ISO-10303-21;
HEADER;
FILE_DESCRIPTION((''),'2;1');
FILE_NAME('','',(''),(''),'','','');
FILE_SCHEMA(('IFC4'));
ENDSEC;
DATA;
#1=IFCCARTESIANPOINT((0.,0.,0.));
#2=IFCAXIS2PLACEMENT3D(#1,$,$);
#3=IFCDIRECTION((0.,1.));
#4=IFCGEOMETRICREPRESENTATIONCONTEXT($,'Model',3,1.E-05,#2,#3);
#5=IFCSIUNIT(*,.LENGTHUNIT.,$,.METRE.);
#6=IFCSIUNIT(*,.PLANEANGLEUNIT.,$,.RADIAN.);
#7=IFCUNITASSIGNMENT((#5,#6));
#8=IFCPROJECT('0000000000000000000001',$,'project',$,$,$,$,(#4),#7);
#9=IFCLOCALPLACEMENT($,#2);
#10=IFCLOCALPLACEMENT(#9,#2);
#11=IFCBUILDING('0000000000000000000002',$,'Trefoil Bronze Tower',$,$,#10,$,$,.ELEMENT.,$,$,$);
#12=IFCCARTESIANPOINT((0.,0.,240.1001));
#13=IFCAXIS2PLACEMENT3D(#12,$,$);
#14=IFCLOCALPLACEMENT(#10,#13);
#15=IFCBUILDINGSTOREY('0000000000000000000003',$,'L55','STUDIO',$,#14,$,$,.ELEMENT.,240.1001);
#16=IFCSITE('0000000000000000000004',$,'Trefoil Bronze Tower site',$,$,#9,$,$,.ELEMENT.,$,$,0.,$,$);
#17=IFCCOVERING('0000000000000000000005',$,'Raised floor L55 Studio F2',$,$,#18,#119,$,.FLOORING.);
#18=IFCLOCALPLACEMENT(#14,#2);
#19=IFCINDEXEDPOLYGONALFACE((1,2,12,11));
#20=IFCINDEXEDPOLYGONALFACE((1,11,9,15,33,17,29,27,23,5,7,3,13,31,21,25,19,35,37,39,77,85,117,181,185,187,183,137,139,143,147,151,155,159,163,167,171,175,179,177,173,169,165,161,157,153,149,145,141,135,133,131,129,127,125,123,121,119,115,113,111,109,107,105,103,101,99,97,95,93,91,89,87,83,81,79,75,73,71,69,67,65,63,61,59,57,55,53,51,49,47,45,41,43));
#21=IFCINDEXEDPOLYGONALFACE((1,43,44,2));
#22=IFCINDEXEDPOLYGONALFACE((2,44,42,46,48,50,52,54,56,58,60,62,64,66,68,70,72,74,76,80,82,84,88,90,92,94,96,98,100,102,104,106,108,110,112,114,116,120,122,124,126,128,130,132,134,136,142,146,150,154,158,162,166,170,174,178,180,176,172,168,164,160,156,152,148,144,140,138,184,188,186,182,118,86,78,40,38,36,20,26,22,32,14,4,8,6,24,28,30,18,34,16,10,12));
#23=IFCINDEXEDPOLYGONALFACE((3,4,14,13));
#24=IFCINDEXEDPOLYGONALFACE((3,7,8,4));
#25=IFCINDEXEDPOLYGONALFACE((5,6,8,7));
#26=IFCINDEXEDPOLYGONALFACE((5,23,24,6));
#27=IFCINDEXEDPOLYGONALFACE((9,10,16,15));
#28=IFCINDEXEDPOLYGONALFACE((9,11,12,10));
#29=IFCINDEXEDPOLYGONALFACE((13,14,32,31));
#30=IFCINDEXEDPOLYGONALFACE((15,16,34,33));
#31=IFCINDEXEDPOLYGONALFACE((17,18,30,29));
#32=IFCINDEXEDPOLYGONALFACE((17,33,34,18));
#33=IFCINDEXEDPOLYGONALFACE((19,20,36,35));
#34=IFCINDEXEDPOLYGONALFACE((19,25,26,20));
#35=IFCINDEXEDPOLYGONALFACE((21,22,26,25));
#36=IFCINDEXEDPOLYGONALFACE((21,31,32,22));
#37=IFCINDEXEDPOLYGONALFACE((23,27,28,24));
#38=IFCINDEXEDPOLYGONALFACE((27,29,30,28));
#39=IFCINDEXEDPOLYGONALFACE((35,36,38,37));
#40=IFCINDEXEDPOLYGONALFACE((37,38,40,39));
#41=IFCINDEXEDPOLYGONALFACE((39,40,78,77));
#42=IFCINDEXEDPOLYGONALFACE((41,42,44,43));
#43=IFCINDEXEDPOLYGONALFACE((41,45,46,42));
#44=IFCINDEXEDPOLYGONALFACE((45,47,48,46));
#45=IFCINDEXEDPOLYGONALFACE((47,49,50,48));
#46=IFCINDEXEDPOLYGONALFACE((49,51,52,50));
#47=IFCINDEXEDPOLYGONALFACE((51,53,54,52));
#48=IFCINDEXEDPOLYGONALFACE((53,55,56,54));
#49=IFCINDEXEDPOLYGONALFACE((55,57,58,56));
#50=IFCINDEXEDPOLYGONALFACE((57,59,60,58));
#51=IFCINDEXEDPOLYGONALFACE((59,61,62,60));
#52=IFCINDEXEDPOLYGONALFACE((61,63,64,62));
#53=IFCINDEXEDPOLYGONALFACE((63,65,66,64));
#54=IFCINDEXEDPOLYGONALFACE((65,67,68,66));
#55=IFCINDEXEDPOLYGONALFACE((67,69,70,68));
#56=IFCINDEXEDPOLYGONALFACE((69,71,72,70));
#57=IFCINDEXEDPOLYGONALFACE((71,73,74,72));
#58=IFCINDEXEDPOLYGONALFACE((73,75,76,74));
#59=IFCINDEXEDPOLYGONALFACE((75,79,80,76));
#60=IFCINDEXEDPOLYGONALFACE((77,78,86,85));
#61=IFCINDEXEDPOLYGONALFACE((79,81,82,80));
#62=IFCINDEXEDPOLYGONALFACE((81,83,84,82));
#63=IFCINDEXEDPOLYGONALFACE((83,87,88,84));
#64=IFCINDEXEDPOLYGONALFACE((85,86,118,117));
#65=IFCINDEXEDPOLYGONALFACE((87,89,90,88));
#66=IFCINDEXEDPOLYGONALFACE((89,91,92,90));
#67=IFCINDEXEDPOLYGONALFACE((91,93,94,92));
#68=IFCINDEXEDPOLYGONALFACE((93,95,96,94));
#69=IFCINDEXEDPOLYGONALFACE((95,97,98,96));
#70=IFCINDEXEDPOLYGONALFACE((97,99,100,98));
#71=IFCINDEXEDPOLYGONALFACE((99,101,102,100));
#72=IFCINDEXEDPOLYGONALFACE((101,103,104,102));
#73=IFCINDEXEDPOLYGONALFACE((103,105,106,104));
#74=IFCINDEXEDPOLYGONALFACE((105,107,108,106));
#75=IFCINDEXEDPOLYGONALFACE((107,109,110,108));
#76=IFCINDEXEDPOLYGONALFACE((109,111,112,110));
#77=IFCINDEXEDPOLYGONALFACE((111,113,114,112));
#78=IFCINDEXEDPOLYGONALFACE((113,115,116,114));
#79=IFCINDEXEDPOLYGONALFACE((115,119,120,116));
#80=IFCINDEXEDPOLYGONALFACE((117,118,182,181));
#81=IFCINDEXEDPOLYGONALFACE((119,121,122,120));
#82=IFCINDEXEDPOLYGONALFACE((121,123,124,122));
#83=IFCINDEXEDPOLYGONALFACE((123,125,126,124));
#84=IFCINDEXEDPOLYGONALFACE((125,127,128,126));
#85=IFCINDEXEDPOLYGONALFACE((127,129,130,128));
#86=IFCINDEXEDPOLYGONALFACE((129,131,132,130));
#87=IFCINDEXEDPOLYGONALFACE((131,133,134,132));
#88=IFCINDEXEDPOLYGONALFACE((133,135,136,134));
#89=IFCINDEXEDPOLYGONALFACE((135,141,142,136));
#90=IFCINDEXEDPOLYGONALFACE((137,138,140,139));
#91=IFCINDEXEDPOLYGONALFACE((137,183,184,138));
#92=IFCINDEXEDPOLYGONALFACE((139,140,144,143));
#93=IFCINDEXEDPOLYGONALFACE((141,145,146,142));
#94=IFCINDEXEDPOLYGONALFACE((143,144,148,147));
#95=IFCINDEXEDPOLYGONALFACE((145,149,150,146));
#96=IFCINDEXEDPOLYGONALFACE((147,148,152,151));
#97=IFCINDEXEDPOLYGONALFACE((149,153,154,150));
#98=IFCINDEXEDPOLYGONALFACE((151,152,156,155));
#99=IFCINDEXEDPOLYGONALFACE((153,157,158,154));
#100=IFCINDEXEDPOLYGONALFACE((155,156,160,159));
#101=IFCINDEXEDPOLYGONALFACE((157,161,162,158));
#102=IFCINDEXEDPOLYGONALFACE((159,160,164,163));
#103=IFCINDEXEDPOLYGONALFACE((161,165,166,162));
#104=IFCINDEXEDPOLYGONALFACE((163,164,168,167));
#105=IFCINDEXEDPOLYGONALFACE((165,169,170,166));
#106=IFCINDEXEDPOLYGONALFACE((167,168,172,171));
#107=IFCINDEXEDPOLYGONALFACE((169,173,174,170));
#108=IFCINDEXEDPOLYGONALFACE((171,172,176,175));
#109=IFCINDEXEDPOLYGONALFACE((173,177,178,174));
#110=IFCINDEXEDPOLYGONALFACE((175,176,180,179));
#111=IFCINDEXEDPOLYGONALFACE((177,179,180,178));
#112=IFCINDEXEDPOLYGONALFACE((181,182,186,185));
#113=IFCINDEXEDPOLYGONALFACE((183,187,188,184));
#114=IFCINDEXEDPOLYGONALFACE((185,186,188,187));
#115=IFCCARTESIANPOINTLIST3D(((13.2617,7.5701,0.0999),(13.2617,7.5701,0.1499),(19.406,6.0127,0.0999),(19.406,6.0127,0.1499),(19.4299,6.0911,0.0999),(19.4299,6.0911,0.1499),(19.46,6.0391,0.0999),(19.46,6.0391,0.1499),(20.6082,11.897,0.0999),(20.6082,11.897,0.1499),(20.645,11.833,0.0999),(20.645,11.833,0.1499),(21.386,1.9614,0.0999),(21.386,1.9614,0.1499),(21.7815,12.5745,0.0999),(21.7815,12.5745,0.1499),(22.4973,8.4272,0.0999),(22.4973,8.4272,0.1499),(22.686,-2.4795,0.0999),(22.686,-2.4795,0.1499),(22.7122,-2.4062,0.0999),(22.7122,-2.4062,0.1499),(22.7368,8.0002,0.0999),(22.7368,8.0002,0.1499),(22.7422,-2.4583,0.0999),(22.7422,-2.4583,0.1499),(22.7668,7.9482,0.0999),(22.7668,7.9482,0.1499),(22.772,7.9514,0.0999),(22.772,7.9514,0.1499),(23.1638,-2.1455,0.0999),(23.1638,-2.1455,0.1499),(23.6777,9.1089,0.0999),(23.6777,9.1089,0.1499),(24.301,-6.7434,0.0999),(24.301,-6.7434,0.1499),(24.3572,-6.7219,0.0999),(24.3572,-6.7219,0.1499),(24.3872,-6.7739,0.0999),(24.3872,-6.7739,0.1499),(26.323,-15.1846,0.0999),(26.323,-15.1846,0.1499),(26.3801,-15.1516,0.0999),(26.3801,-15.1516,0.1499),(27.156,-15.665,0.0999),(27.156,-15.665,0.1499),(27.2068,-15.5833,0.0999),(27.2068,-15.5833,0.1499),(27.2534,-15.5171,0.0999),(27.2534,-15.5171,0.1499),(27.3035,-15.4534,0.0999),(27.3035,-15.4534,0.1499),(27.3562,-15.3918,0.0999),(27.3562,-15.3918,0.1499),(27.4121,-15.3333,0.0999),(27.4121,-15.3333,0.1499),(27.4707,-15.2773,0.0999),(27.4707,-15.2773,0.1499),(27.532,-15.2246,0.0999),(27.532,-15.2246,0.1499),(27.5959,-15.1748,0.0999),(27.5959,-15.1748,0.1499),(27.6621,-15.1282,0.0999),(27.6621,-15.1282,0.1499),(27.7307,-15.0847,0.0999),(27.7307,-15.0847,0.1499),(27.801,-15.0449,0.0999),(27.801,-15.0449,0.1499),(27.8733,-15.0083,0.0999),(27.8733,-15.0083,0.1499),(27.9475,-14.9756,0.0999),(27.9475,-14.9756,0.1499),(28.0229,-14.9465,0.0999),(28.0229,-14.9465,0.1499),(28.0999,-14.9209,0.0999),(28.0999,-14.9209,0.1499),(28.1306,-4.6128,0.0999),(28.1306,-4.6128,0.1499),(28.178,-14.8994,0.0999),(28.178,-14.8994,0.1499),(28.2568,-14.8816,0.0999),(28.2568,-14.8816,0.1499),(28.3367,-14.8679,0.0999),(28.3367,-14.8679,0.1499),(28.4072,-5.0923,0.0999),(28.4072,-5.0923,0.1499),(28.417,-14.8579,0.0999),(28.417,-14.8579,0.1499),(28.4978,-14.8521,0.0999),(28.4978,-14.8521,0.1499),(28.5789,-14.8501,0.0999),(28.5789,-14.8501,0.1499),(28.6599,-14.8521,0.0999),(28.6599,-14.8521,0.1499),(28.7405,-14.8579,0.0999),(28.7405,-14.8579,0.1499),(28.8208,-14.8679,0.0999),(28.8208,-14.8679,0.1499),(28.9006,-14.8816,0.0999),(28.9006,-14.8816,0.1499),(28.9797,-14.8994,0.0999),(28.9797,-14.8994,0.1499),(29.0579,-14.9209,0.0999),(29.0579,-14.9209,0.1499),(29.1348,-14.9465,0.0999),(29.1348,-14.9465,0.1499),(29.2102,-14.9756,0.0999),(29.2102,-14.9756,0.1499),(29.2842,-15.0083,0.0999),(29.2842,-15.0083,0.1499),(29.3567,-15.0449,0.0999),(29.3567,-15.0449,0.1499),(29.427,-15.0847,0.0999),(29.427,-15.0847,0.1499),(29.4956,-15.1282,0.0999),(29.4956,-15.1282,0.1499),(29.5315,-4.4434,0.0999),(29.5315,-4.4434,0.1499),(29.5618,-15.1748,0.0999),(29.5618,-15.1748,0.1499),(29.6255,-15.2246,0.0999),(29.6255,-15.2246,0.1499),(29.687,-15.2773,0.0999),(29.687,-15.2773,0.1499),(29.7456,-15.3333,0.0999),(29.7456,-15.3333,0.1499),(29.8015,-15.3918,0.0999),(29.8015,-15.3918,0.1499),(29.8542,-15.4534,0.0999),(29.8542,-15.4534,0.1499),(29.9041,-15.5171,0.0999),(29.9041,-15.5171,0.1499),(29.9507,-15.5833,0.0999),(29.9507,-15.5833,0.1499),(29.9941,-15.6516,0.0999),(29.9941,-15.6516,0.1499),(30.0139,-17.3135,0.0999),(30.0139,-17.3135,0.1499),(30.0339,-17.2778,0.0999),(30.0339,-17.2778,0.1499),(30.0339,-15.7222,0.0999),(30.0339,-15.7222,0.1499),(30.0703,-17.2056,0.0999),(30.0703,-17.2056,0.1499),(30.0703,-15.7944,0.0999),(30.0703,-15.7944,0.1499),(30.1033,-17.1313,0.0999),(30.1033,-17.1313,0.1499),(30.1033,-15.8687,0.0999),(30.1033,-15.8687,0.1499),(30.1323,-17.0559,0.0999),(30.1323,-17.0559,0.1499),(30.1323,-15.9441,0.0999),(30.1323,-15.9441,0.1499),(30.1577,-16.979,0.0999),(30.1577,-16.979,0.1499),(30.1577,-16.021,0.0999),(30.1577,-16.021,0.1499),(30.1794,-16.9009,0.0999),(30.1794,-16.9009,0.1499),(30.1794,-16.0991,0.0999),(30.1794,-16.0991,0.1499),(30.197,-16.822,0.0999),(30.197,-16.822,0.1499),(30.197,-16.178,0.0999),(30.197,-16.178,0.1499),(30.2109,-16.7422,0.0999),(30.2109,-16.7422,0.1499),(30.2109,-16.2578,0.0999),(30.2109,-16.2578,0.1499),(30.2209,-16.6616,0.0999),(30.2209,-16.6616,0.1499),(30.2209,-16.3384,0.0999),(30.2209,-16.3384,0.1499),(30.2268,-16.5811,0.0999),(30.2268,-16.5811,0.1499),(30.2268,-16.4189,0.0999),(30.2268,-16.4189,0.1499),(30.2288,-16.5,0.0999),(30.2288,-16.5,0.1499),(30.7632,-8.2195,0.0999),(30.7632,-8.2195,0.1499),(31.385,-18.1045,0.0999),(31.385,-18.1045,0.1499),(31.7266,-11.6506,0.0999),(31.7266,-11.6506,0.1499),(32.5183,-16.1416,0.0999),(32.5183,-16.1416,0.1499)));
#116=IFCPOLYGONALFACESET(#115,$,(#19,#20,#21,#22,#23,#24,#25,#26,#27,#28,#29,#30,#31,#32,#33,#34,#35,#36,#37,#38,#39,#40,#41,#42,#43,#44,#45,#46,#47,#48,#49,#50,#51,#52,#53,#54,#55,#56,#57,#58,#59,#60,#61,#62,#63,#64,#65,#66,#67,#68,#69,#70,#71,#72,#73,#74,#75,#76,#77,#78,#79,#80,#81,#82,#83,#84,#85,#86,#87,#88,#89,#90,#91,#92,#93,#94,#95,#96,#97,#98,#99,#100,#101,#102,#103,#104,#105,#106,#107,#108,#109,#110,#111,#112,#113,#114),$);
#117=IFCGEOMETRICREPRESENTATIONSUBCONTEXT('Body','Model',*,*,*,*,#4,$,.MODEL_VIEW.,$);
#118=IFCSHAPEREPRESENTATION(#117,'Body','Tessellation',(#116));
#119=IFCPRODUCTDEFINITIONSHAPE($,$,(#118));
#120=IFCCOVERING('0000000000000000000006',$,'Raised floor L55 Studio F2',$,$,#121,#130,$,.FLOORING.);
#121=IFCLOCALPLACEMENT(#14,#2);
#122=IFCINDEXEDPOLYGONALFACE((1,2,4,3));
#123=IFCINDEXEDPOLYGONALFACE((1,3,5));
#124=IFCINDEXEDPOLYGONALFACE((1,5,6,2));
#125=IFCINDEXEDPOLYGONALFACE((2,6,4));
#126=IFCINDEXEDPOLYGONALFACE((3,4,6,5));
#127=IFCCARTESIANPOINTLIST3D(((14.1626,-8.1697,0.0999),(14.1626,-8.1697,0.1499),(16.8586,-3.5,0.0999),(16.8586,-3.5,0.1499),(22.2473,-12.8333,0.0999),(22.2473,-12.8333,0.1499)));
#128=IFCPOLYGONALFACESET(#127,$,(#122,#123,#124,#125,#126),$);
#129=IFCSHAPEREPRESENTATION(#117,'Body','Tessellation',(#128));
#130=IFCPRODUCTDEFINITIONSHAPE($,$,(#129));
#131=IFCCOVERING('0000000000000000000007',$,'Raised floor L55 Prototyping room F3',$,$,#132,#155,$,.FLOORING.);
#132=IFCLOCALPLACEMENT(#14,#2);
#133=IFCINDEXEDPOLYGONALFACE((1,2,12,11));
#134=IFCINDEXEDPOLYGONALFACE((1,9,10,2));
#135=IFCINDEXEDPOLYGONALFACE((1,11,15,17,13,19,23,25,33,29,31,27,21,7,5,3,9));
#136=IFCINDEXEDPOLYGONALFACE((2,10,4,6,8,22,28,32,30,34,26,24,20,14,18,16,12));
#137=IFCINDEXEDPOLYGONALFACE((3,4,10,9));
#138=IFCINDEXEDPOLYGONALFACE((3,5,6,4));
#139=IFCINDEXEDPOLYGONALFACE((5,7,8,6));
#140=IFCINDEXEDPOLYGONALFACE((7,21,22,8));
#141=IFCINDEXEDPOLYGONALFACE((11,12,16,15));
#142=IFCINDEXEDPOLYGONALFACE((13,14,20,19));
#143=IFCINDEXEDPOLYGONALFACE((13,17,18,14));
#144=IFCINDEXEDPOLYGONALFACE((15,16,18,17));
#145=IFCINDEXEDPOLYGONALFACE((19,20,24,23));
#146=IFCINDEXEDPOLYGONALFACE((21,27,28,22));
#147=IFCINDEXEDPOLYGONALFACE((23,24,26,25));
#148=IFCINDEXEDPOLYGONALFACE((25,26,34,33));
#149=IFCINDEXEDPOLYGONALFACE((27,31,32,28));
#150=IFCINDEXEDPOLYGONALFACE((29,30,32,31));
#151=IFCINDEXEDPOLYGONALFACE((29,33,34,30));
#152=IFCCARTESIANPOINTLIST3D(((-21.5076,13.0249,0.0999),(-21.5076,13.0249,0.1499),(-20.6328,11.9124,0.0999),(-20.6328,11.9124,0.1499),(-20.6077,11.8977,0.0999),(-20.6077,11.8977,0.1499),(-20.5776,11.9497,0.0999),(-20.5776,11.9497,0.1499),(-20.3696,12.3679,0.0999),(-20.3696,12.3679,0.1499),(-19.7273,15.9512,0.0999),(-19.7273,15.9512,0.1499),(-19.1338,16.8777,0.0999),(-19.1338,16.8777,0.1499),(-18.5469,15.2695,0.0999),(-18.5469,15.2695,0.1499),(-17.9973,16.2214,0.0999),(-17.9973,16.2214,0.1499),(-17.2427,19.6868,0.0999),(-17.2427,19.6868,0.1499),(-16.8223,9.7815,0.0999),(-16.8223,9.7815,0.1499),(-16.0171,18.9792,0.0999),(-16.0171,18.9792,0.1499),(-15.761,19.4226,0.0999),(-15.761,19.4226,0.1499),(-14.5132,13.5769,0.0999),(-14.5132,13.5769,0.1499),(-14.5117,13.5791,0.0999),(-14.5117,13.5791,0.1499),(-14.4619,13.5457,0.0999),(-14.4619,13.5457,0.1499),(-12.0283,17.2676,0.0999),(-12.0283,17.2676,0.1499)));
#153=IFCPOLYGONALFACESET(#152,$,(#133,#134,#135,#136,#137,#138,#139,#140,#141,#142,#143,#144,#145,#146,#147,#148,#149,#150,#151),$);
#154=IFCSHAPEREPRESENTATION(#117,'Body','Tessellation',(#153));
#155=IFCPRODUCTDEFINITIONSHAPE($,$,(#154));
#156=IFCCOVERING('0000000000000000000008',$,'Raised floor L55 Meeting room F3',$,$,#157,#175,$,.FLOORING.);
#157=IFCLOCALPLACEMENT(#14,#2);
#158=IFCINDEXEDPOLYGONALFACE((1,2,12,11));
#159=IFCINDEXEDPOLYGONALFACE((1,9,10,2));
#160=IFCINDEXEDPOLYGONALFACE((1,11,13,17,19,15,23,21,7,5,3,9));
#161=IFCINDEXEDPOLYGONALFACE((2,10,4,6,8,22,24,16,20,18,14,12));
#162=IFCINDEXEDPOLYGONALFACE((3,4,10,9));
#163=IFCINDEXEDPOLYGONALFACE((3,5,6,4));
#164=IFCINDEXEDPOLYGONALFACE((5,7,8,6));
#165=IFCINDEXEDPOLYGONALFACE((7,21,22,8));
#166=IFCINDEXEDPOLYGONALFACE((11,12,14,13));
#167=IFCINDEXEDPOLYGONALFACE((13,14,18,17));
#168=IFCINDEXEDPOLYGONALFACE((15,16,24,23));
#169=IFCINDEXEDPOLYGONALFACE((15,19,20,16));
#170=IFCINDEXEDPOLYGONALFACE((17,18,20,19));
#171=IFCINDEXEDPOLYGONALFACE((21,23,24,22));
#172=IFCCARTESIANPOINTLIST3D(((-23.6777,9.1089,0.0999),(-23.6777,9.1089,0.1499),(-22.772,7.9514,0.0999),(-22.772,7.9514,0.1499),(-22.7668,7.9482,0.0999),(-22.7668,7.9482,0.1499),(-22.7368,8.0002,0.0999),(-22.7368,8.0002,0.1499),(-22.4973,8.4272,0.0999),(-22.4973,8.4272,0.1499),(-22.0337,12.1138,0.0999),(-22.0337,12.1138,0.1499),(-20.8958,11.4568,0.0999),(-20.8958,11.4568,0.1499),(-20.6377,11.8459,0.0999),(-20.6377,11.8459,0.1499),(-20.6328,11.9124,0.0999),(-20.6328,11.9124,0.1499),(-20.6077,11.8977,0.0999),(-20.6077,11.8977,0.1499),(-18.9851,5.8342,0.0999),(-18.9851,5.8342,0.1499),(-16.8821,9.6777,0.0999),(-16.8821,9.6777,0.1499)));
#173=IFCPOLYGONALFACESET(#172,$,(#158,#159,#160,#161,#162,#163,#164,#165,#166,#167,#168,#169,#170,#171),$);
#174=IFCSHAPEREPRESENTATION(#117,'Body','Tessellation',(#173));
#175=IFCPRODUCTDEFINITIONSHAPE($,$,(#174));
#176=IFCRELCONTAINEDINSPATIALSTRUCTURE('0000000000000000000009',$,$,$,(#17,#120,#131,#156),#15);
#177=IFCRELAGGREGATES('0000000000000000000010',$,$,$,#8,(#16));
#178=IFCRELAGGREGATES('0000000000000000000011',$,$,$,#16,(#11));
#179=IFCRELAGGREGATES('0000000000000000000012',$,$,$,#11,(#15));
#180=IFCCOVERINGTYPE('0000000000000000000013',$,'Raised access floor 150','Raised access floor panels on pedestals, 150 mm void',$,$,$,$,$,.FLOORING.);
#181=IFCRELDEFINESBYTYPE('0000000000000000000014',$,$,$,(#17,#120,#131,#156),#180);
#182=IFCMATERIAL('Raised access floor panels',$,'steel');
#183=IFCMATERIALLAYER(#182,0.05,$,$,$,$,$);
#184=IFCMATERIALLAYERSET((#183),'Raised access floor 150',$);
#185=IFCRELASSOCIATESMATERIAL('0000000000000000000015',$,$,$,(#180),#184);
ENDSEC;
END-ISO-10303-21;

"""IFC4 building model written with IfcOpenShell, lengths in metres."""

from ifc_helpers import new_model, si_unit, direction, frame, origin, place, context, subcontext, project, spatial, polyline, outline, extrude, material, layer, layer_set, type_object, element, save


model = new_model("IFC4")

# Units and contexts
model_context = context("Model", 3, precision=1e-05, world=origin(), true_north=direction((0.0, 1.0)))
body_context = subcontext(model_context, "Body", "Model", "MODEL_VIEW")
ifc_project = project(units=[si_unit("LENGTHUNIT", "METRE"), si_unit("PLANEANGLEUNIT", "RADIAN")], contexts=[model_context])

# Site, building, storey
site_placement = place(None, origin())
site = spatial("IfcSite", under=ifc_project, at=site_placement, Name="Trefoil Bronze Tower site", CompositionType="ELEMENT", RefElevation=0.0)
building_placement = place(site_placement, origin())
building = spatial("IfcBuilding", under=site, at=building_placement, Name="Trefoil Bronze Tower", CompositionType="ELEMENT")
storey_placement = place(building_placement, frame((0.0, 0.0, 240.1001)))
storey = spatial("IfcBuildingStorey", under=building, at=storey_placement, Name="L55", Description="STUDIO", CompositionType="ELEMENT", Elevation=240.1001)

# Coverings
ifc_material_1 = material(Name="Raised access floor panels", Category="steel")
ifc_layer_1 = layer(ifc_material_1, 0.05)
ifc_layer_set_1 = layer_set([ifc_layer_1], Name="Raised access floor 150")
covering_type_1 = type_object("IfcCoveringType", Name="Raised access floor 150", Description="Raised access floor panels on pedestals, 150 mm void", PredefinedType="FLOORING", material=ifc_layer_set_1)
covering_1_placement = place(storey_placement, frame((0.0, 0.0, 0.0999)))
element("IfcCovering", 1, at=covering_1_placement, inside=storey, type_object=covering_type_1, Name="Raised floor L55 Studio F2", PredefinedType="FLOORING", context=body_context, shape_type="SweptSolid", body=[
    extrude(outline(polyline([(27.156, -15.665), (26.323, -15.1846), (26.3801, -15.1516), (13.2617, 7.5701), (20.645, 11.833), (20.6082, 11.897), (21.7815, 12.5745), (23.6777, 9.1089), (22.4973, 8.4272), (22.772, 7.9514), (22.7668, 7.9482), (22.7368, 8.0002), (19.4299, 6.0911), (19.46, 6.0391), (19.406, 6.0127), (21.386, 1.9614), (23.1638, -2.1455), (22.7122, -2.4062), (22.7422, -2.4583), (22.686, -2.4795), (24.301, -6.7434), (24.3572, -6.7219), (24.3872, -6.7739), (28.1306, -4.6128), (28.4072, -5.0923), (29.5315, -4.4434), (30.7632, -8.2195), (31.7266, -11.6506), (32.5183, -16.1416), (31.385, -18.1045), (30.0139, -17.3135), (30.0339, -17.2778), (30.0703, -17.2056), (30.1033, -17.1313), (30.1323, -17.0559), (30.1577, -16.979), (30.1794, -16.9009), (30.197, -16.822), (30.2109, -16.7422), (30.2209, -16.6616), (30.2268, -16.5811), (30.2288, -16.5), (30.2268, -16.4189), (30.2209, -16.3384), (30.2109, -16.2578), (30.197, -16.178), (30.1794, -16.0991), (30.1577, -16.021), (30.1323, -15.9441), (30.1033, -15.8687), (30.0703, -15.7944), (30.0339, -15.7222), (29.9941, -15.6516), (29.9507, -15.5833), (29.9041, -15.5171), (29.8542, -15.4534), (29.8015, -15.3918), (29.7456, -15.3333), (29.687, -15.2773), (29.6255, -15.2246), (29.5618, -15.1748), (29.4956, -15.1282), (29.427, -15.0847), (29.3567, -15.0449), (29.2842, -15.0083), (29.2102, -14.9756), (29.1348, -14.9465), (29.0579, -14.9209), (28.9797, -14.8994), (28.9006, -14.8816), (28.8208, -14.8679), (28.7405, -14.8579), (28.6599, -14.8521), (28.5789, -14.8501), (28.4978, -14.8521), (28.417, -14.8579), (28.3367, -14.8679), (28.2568, -14.8816), (28.178, -14.8994), (28.0999, -14.9209), (28.0229, -14.9465), (27.9475, -14.9756), (27.8733, -15.0083), (27.801, -15.0449), (27.7307, -15.0847), (27.6621, -15.1282), (27.5959, -15.1748), (27.532, -15.2246), (27.4707, -15.2773), (27.4121, -15.3333), (27.3562, -15.3918), (27.3035, -15.4534), (27.2534, -15.5171), (27.2068, -15.5833), (27.156, -15.665)])), origin(), (0.0, 0.0, 1.0), 0.05),
])
covering_2_placement = place(storey_placement, frame((0.0, 0.0, 0.0999)))
element("IfcCovering", 2, at=covering_2_placement, inside=storey, type_object=covering_type_1, Name="Raised floor L55 Studio F2", PredefinedType="FLOORING", context=body_context, shape_type="SweptSolid", body=[
    extrude(outline(polyline([(22.2473, -12.8333), (14.1626, -8.1697), (16.8586, -3.5), (22.2473, -12.8333)])), origin(), (0.0, 0.0, 1.0), 0.05),
])
covering_3_placement = place(storey_placement, frame((0.0, 0.0, 0.0999)))
element("IfcCovering", 3, at=covering_3_placement, inside=storey, type_object=covering_type_1, Name="Raised floor L55 Prototyping room F3", PredefinedType="FLOORING", context=body_context, shape_type="SweptSolid", body=[
    extrude(outline(polyline([(-19.7273, 15.9512), (-18.5469, 15.2695), (-17.9973, 16.2214), (-19.1338, 16.8777), (-17.2427, 19.6868), (-16.0171, 18.9792), (-15.761, 19.4226), (-12.0283, 17.2676), (-14.5117, 13.5791), (-14.4619, 13.5457), (-14.5132, 13.5769), (-16.8223, 9.7815), (-20.5776, 11.9497), (-20.6077, 11.8977), (-20.6328, 11.9124), (-20.3696, 12.3679), (-21.5076, 13.0249), (-19.7273, 15.9512)])), origin(), (0.0, 0.0, 1.0), 0.05),
])
covering_4_placement = place(storey_placement, frame((0.0, 0.0, 0.0999)))
element("IfcCovering", 4, at=covering_4_placement, inside=storey, type_object=covering_type_1, Name="Raised floor L55 Meeting room F3", PredefinedType="FLOORING", context=body_context, shape_type="SweptSolid", body=[
    extrude(outline(polyline([(-20.6077, 11.8977), (-20.6377, 11.8459), (-16.8821, 9.6777), (-18.9851, 5.8342), (-22.7368, 8.0002), (-22.7668, 7.9482), (-22.772, 7.9514), (-22.4973, 8.4272), (-23.6777, 9.1089), (-22.0337, 12.1138), (-20.8958, 11.4568), (-20.6328, 11.9124), (-20.6077, 11.8977)])), origin(), (0.0, 0.0, 1.0), 0.05),
])

save(model, "model.ifc")
